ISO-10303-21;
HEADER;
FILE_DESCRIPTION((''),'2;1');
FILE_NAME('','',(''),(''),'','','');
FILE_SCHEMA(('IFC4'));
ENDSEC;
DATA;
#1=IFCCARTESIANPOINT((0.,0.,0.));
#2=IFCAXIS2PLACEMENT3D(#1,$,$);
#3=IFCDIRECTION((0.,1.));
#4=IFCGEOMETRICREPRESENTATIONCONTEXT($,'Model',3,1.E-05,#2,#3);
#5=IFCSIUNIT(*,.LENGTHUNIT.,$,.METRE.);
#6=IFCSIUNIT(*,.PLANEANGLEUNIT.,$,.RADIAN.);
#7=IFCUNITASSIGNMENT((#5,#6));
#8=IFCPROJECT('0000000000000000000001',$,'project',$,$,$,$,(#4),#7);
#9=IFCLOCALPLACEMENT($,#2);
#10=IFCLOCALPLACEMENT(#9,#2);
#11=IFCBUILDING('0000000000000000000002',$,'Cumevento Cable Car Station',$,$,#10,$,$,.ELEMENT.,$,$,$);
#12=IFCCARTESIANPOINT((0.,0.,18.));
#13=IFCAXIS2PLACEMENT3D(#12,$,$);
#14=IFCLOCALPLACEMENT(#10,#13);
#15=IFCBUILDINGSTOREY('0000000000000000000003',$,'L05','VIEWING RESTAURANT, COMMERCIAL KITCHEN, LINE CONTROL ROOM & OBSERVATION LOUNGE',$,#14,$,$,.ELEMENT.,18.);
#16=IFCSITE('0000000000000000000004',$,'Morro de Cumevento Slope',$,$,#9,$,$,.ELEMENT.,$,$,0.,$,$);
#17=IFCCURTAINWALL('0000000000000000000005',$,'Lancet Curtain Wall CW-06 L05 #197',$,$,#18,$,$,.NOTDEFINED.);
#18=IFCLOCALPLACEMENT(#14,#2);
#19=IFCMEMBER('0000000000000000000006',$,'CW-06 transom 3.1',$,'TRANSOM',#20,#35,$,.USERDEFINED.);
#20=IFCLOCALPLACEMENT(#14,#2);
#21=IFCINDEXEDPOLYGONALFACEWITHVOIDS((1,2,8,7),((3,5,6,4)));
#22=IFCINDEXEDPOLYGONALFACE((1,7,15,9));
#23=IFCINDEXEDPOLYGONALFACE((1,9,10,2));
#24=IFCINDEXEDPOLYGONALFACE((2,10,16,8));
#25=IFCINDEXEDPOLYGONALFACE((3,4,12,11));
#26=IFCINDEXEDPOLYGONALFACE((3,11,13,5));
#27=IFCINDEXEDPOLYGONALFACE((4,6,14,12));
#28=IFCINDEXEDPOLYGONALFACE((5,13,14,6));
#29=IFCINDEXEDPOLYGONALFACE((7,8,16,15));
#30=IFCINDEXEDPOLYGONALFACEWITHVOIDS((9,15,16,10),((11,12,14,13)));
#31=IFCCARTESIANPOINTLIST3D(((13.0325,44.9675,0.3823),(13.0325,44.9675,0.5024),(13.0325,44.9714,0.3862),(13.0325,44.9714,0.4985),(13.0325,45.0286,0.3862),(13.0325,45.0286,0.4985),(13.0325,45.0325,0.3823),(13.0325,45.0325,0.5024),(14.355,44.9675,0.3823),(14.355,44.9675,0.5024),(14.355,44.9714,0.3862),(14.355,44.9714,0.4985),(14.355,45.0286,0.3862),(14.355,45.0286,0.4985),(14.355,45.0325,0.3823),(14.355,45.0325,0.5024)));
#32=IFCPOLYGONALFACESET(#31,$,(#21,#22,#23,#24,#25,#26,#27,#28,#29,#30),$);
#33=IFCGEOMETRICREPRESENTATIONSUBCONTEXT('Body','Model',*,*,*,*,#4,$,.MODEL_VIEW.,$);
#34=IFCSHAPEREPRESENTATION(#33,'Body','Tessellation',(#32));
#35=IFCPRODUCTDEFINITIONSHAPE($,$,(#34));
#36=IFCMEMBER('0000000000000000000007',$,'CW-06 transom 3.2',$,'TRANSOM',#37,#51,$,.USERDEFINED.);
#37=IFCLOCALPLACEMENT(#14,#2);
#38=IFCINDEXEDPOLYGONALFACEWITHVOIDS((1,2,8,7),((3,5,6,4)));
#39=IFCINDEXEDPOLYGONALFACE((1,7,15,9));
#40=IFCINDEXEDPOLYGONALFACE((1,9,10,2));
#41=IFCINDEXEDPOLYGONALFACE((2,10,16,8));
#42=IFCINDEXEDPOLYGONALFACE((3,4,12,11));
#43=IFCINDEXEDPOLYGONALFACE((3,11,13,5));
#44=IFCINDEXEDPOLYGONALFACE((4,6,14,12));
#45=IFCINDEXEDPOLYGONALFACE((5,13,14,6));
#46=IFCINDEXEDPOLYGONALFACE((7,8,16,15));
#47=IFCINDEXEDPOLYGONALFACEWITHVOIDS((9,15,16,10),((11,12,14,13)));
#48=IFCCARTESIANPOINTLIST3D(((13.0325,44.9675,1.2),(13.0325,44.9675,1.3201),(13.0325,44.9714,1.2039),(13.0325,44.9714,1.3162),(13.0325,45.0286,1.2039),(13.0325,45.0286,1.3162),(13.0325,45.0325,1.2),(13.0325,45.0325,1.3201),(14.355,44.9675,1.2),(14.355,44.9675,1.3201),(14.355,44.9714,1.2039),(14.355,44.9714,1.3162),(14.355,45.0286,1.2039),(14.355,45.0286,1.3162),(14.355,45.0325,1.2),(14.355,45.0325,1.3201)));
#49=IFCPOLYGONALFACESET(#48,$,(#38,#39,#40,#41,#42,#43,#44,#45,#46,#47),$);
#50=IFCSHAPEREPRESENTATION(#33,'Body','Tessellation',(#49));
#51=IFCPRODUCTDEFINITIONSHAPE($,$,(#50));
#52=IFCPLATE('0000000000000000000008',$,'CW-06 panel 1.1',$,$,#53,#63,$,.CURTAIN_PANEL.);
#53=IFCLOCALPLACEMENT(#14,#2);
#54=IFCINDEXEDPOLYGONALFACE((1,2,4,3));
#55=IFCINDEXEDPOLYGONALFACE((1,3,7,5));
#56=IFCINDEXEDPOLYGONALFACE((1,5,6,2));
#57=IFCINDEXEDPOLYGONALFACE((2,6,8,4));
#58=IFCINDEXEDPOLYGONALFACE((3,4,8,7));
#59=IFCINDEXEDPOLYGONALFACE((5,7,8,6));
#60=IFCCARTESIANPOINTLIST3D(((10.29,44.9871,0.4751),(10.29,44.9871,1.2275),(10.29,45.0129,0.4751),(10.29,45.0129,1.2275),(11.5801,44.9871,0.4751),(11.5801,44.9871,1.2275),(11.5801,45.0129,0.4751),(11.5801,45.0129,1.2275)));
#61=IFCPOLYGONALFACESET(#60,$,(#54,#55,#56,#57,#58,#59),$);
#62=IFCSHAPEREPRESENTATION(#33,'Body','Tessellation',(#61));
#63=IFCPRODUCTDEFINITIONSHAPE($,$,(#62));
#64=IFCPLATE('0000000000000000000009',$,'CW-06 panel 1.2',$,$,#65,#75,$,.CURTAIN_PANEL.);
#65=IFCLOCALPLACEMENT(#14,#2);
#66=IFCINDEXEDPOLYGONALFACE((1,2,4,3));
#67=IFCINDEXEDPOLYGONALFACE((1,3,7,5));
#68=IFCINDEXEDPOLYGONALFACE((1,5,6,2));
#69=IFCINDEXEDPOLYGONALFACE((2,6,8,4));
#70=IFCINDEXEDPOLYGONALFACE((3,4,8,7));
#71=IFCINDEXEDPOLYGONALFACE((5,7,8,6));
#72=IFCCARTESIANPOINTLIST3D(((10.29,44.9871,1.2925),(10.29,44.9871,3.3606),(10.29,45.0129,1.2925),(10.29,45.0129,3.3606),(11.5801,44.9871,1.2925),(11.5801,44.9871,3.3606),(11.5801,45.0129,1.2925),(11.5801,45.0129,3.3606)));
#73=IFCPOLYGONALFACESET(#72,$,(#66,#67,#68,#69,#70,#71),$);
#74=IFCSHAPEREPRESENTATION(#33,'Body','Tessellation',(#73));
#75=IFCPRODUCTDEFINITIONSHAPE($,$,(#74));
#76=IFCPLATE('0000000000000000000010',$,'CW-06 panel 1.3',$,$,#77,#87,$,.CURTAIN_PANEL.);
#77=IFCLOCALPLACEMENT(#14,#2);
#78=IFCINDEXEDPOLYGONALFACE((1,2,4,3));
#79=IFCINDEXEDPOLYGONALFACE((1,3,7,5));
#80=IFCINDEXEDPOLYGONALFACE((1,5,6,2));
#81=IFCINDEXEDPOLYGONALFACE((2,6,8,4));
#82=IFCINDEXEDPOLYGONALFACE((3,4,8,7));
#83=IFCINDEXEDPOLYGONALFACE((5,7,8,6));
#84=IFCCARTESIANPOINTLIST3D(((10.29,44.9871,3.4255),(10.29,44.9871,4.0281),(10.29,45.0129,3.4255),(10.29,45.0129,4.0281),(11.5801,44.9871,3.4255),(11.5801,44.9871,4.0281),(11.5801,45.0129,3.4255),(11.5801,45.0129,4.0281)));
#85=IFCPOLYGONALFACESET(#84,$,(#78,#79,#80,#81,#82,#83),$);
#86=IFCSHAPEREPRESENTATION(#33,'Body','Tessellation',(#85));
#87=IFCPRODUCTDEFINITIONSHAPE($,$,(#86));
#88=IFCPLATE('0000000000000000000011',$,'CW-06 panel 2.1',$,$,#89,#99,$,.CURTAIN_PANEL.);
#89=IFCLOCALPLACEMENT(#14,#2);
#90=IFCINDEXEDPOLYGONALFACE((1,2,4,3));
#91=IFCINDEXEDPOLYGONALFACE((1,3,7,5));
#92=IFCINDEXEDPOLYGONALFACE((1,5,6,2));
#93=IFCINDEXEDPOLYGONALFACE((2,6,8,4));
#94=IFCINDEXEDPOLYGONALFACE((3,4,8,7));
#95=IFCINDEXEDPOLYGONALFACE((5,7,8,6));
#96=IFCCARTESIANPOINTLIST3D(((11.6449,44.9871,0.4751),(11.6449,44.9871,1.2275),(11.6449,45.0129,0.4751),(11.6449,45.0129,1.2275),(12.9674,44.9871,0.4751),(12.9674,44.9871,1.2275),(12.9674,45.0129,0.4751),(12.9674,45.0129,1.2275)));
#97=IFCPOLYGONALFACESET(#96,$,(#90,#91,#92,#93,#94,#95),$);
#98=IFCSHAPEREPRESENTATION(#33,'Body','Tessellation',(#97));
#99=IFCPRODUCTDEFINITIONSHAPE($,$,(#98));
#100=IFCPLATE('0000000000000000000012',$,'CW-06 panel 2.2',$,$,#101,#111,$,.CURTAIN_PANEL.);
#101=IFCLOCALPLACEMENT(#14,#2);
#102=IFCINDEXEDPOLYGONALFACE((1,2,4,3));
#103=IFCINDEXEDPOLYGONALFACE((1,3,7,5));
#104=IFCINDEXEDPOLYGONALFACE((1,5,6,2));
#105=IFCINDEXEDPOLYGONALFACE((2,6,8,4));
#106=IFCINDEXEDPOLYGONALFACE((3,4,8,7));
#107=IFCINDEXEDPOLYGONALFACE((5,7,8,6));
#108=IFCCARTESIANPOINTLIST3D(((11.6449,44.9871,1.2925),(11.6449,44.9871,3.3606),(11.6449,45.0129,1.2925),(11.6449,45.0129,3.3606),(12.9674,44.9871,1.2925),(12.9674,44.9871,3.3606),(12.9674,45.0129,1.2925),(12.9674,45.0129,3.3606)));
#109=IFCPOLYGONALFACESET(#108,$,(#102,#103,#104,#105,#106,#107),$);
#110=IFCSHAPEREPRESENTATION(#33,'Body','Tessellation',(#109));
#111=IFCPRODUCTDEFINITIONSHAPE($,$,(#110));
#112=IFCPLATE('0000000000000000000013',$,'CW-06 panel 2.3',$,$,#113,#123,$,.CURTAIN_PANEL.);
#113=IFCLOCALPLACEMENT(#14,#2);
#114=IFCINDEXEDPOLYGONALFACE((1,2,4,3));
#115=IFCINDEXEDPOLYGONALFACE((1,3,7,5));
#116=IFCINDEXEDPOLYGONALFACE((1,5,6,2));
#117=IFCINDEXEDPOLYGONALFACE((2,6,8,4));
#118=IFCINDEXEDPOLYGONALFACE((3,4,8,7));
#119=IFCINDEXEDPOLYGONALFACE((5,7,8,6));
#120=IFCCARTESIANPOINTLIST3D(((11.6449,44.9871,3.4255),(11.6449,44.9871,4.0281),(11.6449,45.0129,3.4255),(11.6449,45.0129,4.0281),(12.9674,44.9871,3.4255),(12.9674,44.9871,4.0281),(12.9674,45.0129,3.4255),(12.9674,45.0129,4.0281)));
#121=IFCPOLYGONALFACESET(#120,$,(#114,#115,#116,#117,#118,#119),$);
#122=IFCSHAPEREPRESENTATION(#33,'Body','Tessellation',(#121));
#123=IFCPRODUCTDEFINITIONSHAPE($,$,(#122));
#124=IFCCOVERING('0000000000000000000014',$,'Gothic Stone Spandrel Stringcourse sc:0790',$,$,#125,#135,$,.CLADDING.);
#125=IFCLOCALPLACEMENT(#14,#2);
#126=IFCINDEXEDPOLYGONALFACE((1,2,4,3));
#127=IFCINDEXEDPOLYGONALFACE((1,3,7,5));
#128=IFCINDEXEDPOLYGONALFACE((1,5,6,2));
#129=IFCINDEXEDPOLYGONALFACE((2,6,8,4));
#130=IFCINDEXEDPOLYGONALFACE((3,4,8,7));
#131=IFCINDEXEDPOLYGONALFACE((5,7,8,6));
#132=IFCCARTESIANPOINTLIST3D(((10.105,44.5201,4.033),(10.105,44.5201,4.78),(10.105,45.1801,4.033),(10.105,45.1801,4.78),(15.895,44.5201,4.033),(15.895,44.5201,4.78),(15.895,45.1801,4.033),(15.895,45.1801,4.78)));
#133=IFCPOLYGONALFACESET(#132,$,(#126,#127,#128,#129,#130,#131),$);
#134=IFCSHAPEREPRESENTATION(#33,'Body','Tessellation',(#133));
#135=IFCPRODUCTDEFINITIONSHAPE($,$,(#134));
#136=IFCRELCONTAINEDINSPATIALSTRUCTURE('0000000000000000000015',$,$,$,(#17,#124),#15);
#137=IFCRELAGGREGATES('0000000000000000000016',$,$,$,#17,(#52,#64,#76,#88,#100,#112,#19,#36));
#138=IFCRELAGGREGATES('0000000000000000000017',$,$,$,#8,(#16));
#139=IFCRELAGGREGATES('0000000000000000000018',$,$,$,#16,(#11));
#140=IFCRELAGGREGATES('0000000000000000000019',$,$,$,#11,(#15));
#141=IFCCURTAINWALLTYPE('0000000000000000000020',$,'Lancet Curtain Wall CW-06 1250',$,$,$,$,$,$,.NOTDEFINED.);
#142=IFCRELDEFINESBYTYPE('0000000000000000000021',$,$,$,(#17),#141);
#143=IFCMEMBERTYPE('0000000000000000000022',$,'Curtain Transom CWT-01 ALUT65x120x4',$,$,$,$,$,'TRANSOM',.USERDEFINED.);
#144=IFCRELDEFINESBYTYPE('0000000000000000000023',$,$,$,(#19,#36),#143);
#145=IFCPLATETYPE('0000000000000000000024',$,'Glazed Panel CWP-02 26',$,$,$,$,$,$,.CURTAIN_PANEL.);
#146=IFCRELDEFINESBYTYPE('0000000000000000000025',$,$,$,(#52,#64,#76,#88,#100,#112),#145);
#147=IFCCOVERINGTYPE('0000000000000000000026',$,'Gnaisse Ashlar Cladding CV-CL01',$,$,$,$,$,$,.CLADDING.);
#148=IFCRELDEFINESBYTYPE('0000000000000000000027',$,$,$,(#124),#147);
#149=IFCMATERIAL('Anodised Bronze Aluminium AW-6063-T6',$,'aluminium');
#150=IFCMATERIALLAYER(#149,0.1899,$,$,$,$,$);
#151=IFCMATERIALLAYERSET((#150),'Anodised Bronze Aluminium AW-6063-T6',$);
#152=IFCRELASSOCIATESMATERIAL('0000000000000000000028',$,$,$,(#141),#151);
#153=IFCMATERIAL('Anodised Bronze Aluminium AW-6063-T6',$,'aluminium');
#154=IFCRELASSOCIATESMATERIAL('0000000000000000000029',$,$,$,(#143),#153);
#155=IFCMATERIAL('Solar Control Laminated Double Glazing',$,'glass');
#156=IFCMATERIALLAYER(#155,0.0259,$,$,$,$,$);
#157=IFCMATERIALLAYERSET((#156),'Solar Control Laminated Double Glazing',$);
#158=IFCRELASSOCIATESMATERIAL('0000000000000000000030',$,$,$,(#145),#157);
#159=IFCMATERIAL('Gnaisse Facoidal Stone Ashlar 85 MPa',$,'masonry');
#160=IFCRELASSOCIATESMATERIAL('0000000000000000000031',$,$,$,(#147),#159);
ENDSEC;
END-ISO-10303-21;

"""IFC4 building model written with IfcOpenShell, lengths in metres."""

from ifc_helpers import new_model, si_unit, direction, frame, origin, origin_2d, place, context, subcontext, project, spatial, rectangle, hollow_rectangle, extrude, material, layer, layer_set, material_profile, profile_set, type_object, element, aggregate, save


model = new_model("IFC4")

# Units and contexts
model_context = context("Model", 3, precision=1e-05, world=origin(), true_north=direction((0.0, 1.0)))
body_context = subcontext(model_context, "Body", "Model", "MODEL_VIEW")
ifc_project = project(units=[si_unit("LENGTHUNIT", "METRE"), si_unit("PLANEANGLEUNIT", "RADIAN")], contexts=[model_context])

# Site, building, storey
site_placement = place(None, origin())
site = spatial("IfcSite", under=ifc_project, at=site_placement, Name="Morro de Cumevento Slope", CompositionType="ELEMENT", RefElevation=0.0)
building_placement = place(site_placement, origin())
building = spatial("IfcBuilding", under=site, at=building_placement, Name="Cumevento Cable Car Station", CompositionType="ELEMENT")
storey_placement = place(building_placement, frame((0.0, 0.0, 18.0)))
storey = spatial("IfcBuildingStorey", under=building, at=storey_placement, Name="L05", Description="VIEWING RESTAURANT, COMMERCIAL KITCHEN, LINE CONTROL ROOM & OBSERVATION LOUNGE", CompositionType="ELEMENT", Elevation=18.0)

# Curtain wall, members, plates
ifc_material_1 = material(Name="Anodised Bronze Aluminium AW-6063-T6", Category="aluminium")
ifc_layer_1 = layer(ifc_material_1, 0.1899)
ifc_layer_set_1 = layer_set([ifc_layer_1], Name="Anodised Bronze Aluminium AW-6063-T6")
curtain_wall_type = type_object("IfcCurtainWallType", Name="Lancet Curtain Wall CW-06 1250", PredefinedType="NOTDEFINED", material=ifc_layer_set_1)
curtain_wall_placement = place(storey_placement, origin())
curtain_wall = element("IfcCurtainWall", 1, at=curtain_wall_placement, inside=storey, type_object=curtain_wall_type, Name="Lancet Curtain Wall CW-06 L05 #197", PredefinedType="NOTDEFINED")
ifc_material_2 = material(Name="Anodised Bronze Aluminium AW-6063-T6", Category="aluminium")
ifc_material_profile_1 = material_profile(ifc_material_2, hollow_rectangle(XDim=0.0649, YDim=0.1201, WallThickness=0.0039, at=origin_2d()), Name="ALUT65x120x4")
ifc_profile_set_1 = profile_set([ifc_material_profile_1], Name="Anodised Bronze Aluminium AW-6063-T6")
member_type_1 = type_object("IfcMemberType", Name="Curtain Transom CWT-01 ALUT65x120x4", ElementType="TRANSOM", PredefinedType="USERDEFINED", material=ifc_profile_set_1)
member_1_placement = place(storey_placement, frame((13.0325, 45.0, 0.4424), z_axis=(1.0, 0.0, 0.0), x_axis=(0.0, 1.0, 0.0)))
member_1 = element("IfcMember", 2, at=member_1_placement, type_object=member_type_1, Name="CW-06 transom 3.1", ObjectType="TRANSOM", PredefinedType="USERDEFINED", context=body_context, shape_type="SweptSolid", body=[
    extrude(hollow_rectangle(XDim=0.0649, YDim=0.1201, WallThickness=0.0039, at=origin_2d()), origin(), (0.0, 0.0, 1.0), 1.3225),
])
member_2_placement = place(storey_placement, frame((13.0325, 45.0, 1.26), z_axis=(1.0, 0.0, 0.0), x_axis=(0.0, 1.0, 0.0)))
member_2 = element("IfcMember", 3, at=member_2_placement, type_object=member_type_1, Name="CW-06 transom 3.2", ObjectType="TRANSOM", PredefinedType="USERDEFINED", context=body_context, shape_type="SweptSolid", body=[
    extrude(hollow_rectangle(XDim=0.0649, YDim=0.1201, WallThickness=0.0039, at=origin_2d()), origin(), (0.0, 0.0, 1.0), 1.3225),
])
ifc_material_3 = material(Name="Solar Control Laminated Double Glazing", Category="glass")
ifc_layer_2 = layer(ifc_material_3, 0.0259)
ifc_layer_set_2 = layer_set([ifc_layer_2], Name="Solar Control Laminated Double Glazing")
plate_type = type_object("IfcPlateType", Name="Glazed Panel CWP-02 26", PredefinedType="CURTAIN_PANEL", material=ifc_layer_set_2)
plate_1_placement = place(storey_placement, frame((10.9351, 45.0, 0.4751), z_axis=(0.0, 0.0, 1.0), x_axis=(1.0, 0.0, 0.0)))
plate_1 = element("IfcPlate", 4, at=plate_1_placement, type_object=plate_type, Name="CW-06 panel 1.1", PredefinedType="CURTAIN_PANEL", context=body_context, shape_type="SweptSolid", body=[
    extrude(rectangle(XDim=1.29, YDim=0.0259, at=origin_2d()), origin(), (0.0, 0.0, 1.0), 0.7524),
])
plate_2_placement = place(storey_placement, frame((10.9351, 45.0, 1.2925), z_axis=(0.0, 0.0, 1.0), x_axis=(1.0, 0.0, 0.0)))
plate_2 = element("IfcPlate", 5, at=plate_2_placement, type_object=plate_type, Name="CW-06 panel 1.2", PredefinedType="CURTAIN_PANEL", context=body_context, shape_type="SweptSolid", body=[
    extrude(rectangle(XDim=1.29, YDim=0.0259, at=origin_2d()), origin(), (0.0, 0.0, 1.0), 2.0681),
])
plate_3_placement = place(storey_placement, frame((10.9351, 45.0, 3.4255), z_axis=(0.0, 0.0, 1.0), x_axis=(1.0, 0.0, 0.0)))
plate_3 = element("IfcPlate", 6, at=plate_3_placement, type_object=plate_type, Name="CW-06 panel 1.3", PredefinedType="CURTAIN_PANEL", context=body_context, shape_type="SweptSolid", body=[
    extrude(rectangle(XDim=1.29, YDim=0.0259, at=origin_2d()), origin(), (0.0, 0.0, 1.0), 0.6025),
])
plate_4_placement = place(storey_placement, frame((12.3062, 45.0, 0.4751), z_axis=(0.0, 0.0, 1.0), x_axis=(1.0, 0.0, 0.0)))
plate_4 = element("IfcPlate", 7, at=plate_4_placement, type_object=plate_type, Name="CW-06 panel 2.1", PredefinedType="CURTAIN_PANEL", context=body_context, shape_type="SweptSolid", body=[
    extrude(rectangle(XDim=1.3225, YDim=0.0259, at=origin_2d()), origin(), (0.0, 0.0, 1.0), 0.7524),
])
plate_5_placement = place(storey_placement, frame((12.3062, 45.0, 1.2925), z_axis=(0.0, 0.0, 1.0), x_axis=(1.0, 0.0, 0.0)))
plate_5 = element("IfcPlate", 8, at=plate_5_placement, type_object=plate_type, Name="CW-06 panel 2.2", PredefinedType="CURTAIN_PANEL", context=body_context, shape_type="SweptSolid", body=[
    extrude(rectangle(XDim=1.3225, YDim=0.0259, at=origin_2d()), origin(), (0.0, 0.0, 1.0), 2.0681),
])
plate_6_placement = place(storey_placement, frame((12.3062, 45.0, 3.4255), z_axis=(0.0, 0.0, 1.0), x_axis=(1.0, 0.0, 0.0)))
plate_6 = element("IfcPlate", 9, at=plate_6_placement, type_object=plate_type, Name="CW-06 panel 2.3", PredefinedType="CURTAIN_PANEL", context=body_context, shape_type="SweptSolid", body=[
    extrude(rectangle(XDim=1.3225, YDim=0.0259, at=origin_2d()), origin(), (0.0, 0.0, 1.0), 0.6025),
])
aggregate(curtain_wall, [plate_1, plate_2, plate_3, plate_4, plate_5, plate_6, member_1, member_2])

# Covering
ifc_material_4 = material(Name="Gnaisse Facoidal Stone Ashlar 85 MPa", Category="masonry")
covering_type = type_object("IfcCoveringType", Name="Gnaisse Ashlar Cladding CV-CL01", PredefinedType="CLADDING", material=ifc_material_4)
covering_1_placement = place(storey_placement, frame((13.0, 44.8501, 4.033), z_axis=(0.0, 0.0, 1.0), x_axis=(1.0, 0.0, 0.0)))
element("IfcCovering", 10, at=covering_1_placement, inside=storey, type_object=covering_type, Name="Gothic Stone Spandrel Stringcourse sc:0790", PredefinedType="CLADDING", context=body_context, shape_type="SweptSolid", body=[
    extrude(rectangle(XDim=5.79, YDim=0.6599, at=origin_2d()), origin(), (0.0, 0.0, 1.0), 0.7471),
])

save(model, "model.ifc")
